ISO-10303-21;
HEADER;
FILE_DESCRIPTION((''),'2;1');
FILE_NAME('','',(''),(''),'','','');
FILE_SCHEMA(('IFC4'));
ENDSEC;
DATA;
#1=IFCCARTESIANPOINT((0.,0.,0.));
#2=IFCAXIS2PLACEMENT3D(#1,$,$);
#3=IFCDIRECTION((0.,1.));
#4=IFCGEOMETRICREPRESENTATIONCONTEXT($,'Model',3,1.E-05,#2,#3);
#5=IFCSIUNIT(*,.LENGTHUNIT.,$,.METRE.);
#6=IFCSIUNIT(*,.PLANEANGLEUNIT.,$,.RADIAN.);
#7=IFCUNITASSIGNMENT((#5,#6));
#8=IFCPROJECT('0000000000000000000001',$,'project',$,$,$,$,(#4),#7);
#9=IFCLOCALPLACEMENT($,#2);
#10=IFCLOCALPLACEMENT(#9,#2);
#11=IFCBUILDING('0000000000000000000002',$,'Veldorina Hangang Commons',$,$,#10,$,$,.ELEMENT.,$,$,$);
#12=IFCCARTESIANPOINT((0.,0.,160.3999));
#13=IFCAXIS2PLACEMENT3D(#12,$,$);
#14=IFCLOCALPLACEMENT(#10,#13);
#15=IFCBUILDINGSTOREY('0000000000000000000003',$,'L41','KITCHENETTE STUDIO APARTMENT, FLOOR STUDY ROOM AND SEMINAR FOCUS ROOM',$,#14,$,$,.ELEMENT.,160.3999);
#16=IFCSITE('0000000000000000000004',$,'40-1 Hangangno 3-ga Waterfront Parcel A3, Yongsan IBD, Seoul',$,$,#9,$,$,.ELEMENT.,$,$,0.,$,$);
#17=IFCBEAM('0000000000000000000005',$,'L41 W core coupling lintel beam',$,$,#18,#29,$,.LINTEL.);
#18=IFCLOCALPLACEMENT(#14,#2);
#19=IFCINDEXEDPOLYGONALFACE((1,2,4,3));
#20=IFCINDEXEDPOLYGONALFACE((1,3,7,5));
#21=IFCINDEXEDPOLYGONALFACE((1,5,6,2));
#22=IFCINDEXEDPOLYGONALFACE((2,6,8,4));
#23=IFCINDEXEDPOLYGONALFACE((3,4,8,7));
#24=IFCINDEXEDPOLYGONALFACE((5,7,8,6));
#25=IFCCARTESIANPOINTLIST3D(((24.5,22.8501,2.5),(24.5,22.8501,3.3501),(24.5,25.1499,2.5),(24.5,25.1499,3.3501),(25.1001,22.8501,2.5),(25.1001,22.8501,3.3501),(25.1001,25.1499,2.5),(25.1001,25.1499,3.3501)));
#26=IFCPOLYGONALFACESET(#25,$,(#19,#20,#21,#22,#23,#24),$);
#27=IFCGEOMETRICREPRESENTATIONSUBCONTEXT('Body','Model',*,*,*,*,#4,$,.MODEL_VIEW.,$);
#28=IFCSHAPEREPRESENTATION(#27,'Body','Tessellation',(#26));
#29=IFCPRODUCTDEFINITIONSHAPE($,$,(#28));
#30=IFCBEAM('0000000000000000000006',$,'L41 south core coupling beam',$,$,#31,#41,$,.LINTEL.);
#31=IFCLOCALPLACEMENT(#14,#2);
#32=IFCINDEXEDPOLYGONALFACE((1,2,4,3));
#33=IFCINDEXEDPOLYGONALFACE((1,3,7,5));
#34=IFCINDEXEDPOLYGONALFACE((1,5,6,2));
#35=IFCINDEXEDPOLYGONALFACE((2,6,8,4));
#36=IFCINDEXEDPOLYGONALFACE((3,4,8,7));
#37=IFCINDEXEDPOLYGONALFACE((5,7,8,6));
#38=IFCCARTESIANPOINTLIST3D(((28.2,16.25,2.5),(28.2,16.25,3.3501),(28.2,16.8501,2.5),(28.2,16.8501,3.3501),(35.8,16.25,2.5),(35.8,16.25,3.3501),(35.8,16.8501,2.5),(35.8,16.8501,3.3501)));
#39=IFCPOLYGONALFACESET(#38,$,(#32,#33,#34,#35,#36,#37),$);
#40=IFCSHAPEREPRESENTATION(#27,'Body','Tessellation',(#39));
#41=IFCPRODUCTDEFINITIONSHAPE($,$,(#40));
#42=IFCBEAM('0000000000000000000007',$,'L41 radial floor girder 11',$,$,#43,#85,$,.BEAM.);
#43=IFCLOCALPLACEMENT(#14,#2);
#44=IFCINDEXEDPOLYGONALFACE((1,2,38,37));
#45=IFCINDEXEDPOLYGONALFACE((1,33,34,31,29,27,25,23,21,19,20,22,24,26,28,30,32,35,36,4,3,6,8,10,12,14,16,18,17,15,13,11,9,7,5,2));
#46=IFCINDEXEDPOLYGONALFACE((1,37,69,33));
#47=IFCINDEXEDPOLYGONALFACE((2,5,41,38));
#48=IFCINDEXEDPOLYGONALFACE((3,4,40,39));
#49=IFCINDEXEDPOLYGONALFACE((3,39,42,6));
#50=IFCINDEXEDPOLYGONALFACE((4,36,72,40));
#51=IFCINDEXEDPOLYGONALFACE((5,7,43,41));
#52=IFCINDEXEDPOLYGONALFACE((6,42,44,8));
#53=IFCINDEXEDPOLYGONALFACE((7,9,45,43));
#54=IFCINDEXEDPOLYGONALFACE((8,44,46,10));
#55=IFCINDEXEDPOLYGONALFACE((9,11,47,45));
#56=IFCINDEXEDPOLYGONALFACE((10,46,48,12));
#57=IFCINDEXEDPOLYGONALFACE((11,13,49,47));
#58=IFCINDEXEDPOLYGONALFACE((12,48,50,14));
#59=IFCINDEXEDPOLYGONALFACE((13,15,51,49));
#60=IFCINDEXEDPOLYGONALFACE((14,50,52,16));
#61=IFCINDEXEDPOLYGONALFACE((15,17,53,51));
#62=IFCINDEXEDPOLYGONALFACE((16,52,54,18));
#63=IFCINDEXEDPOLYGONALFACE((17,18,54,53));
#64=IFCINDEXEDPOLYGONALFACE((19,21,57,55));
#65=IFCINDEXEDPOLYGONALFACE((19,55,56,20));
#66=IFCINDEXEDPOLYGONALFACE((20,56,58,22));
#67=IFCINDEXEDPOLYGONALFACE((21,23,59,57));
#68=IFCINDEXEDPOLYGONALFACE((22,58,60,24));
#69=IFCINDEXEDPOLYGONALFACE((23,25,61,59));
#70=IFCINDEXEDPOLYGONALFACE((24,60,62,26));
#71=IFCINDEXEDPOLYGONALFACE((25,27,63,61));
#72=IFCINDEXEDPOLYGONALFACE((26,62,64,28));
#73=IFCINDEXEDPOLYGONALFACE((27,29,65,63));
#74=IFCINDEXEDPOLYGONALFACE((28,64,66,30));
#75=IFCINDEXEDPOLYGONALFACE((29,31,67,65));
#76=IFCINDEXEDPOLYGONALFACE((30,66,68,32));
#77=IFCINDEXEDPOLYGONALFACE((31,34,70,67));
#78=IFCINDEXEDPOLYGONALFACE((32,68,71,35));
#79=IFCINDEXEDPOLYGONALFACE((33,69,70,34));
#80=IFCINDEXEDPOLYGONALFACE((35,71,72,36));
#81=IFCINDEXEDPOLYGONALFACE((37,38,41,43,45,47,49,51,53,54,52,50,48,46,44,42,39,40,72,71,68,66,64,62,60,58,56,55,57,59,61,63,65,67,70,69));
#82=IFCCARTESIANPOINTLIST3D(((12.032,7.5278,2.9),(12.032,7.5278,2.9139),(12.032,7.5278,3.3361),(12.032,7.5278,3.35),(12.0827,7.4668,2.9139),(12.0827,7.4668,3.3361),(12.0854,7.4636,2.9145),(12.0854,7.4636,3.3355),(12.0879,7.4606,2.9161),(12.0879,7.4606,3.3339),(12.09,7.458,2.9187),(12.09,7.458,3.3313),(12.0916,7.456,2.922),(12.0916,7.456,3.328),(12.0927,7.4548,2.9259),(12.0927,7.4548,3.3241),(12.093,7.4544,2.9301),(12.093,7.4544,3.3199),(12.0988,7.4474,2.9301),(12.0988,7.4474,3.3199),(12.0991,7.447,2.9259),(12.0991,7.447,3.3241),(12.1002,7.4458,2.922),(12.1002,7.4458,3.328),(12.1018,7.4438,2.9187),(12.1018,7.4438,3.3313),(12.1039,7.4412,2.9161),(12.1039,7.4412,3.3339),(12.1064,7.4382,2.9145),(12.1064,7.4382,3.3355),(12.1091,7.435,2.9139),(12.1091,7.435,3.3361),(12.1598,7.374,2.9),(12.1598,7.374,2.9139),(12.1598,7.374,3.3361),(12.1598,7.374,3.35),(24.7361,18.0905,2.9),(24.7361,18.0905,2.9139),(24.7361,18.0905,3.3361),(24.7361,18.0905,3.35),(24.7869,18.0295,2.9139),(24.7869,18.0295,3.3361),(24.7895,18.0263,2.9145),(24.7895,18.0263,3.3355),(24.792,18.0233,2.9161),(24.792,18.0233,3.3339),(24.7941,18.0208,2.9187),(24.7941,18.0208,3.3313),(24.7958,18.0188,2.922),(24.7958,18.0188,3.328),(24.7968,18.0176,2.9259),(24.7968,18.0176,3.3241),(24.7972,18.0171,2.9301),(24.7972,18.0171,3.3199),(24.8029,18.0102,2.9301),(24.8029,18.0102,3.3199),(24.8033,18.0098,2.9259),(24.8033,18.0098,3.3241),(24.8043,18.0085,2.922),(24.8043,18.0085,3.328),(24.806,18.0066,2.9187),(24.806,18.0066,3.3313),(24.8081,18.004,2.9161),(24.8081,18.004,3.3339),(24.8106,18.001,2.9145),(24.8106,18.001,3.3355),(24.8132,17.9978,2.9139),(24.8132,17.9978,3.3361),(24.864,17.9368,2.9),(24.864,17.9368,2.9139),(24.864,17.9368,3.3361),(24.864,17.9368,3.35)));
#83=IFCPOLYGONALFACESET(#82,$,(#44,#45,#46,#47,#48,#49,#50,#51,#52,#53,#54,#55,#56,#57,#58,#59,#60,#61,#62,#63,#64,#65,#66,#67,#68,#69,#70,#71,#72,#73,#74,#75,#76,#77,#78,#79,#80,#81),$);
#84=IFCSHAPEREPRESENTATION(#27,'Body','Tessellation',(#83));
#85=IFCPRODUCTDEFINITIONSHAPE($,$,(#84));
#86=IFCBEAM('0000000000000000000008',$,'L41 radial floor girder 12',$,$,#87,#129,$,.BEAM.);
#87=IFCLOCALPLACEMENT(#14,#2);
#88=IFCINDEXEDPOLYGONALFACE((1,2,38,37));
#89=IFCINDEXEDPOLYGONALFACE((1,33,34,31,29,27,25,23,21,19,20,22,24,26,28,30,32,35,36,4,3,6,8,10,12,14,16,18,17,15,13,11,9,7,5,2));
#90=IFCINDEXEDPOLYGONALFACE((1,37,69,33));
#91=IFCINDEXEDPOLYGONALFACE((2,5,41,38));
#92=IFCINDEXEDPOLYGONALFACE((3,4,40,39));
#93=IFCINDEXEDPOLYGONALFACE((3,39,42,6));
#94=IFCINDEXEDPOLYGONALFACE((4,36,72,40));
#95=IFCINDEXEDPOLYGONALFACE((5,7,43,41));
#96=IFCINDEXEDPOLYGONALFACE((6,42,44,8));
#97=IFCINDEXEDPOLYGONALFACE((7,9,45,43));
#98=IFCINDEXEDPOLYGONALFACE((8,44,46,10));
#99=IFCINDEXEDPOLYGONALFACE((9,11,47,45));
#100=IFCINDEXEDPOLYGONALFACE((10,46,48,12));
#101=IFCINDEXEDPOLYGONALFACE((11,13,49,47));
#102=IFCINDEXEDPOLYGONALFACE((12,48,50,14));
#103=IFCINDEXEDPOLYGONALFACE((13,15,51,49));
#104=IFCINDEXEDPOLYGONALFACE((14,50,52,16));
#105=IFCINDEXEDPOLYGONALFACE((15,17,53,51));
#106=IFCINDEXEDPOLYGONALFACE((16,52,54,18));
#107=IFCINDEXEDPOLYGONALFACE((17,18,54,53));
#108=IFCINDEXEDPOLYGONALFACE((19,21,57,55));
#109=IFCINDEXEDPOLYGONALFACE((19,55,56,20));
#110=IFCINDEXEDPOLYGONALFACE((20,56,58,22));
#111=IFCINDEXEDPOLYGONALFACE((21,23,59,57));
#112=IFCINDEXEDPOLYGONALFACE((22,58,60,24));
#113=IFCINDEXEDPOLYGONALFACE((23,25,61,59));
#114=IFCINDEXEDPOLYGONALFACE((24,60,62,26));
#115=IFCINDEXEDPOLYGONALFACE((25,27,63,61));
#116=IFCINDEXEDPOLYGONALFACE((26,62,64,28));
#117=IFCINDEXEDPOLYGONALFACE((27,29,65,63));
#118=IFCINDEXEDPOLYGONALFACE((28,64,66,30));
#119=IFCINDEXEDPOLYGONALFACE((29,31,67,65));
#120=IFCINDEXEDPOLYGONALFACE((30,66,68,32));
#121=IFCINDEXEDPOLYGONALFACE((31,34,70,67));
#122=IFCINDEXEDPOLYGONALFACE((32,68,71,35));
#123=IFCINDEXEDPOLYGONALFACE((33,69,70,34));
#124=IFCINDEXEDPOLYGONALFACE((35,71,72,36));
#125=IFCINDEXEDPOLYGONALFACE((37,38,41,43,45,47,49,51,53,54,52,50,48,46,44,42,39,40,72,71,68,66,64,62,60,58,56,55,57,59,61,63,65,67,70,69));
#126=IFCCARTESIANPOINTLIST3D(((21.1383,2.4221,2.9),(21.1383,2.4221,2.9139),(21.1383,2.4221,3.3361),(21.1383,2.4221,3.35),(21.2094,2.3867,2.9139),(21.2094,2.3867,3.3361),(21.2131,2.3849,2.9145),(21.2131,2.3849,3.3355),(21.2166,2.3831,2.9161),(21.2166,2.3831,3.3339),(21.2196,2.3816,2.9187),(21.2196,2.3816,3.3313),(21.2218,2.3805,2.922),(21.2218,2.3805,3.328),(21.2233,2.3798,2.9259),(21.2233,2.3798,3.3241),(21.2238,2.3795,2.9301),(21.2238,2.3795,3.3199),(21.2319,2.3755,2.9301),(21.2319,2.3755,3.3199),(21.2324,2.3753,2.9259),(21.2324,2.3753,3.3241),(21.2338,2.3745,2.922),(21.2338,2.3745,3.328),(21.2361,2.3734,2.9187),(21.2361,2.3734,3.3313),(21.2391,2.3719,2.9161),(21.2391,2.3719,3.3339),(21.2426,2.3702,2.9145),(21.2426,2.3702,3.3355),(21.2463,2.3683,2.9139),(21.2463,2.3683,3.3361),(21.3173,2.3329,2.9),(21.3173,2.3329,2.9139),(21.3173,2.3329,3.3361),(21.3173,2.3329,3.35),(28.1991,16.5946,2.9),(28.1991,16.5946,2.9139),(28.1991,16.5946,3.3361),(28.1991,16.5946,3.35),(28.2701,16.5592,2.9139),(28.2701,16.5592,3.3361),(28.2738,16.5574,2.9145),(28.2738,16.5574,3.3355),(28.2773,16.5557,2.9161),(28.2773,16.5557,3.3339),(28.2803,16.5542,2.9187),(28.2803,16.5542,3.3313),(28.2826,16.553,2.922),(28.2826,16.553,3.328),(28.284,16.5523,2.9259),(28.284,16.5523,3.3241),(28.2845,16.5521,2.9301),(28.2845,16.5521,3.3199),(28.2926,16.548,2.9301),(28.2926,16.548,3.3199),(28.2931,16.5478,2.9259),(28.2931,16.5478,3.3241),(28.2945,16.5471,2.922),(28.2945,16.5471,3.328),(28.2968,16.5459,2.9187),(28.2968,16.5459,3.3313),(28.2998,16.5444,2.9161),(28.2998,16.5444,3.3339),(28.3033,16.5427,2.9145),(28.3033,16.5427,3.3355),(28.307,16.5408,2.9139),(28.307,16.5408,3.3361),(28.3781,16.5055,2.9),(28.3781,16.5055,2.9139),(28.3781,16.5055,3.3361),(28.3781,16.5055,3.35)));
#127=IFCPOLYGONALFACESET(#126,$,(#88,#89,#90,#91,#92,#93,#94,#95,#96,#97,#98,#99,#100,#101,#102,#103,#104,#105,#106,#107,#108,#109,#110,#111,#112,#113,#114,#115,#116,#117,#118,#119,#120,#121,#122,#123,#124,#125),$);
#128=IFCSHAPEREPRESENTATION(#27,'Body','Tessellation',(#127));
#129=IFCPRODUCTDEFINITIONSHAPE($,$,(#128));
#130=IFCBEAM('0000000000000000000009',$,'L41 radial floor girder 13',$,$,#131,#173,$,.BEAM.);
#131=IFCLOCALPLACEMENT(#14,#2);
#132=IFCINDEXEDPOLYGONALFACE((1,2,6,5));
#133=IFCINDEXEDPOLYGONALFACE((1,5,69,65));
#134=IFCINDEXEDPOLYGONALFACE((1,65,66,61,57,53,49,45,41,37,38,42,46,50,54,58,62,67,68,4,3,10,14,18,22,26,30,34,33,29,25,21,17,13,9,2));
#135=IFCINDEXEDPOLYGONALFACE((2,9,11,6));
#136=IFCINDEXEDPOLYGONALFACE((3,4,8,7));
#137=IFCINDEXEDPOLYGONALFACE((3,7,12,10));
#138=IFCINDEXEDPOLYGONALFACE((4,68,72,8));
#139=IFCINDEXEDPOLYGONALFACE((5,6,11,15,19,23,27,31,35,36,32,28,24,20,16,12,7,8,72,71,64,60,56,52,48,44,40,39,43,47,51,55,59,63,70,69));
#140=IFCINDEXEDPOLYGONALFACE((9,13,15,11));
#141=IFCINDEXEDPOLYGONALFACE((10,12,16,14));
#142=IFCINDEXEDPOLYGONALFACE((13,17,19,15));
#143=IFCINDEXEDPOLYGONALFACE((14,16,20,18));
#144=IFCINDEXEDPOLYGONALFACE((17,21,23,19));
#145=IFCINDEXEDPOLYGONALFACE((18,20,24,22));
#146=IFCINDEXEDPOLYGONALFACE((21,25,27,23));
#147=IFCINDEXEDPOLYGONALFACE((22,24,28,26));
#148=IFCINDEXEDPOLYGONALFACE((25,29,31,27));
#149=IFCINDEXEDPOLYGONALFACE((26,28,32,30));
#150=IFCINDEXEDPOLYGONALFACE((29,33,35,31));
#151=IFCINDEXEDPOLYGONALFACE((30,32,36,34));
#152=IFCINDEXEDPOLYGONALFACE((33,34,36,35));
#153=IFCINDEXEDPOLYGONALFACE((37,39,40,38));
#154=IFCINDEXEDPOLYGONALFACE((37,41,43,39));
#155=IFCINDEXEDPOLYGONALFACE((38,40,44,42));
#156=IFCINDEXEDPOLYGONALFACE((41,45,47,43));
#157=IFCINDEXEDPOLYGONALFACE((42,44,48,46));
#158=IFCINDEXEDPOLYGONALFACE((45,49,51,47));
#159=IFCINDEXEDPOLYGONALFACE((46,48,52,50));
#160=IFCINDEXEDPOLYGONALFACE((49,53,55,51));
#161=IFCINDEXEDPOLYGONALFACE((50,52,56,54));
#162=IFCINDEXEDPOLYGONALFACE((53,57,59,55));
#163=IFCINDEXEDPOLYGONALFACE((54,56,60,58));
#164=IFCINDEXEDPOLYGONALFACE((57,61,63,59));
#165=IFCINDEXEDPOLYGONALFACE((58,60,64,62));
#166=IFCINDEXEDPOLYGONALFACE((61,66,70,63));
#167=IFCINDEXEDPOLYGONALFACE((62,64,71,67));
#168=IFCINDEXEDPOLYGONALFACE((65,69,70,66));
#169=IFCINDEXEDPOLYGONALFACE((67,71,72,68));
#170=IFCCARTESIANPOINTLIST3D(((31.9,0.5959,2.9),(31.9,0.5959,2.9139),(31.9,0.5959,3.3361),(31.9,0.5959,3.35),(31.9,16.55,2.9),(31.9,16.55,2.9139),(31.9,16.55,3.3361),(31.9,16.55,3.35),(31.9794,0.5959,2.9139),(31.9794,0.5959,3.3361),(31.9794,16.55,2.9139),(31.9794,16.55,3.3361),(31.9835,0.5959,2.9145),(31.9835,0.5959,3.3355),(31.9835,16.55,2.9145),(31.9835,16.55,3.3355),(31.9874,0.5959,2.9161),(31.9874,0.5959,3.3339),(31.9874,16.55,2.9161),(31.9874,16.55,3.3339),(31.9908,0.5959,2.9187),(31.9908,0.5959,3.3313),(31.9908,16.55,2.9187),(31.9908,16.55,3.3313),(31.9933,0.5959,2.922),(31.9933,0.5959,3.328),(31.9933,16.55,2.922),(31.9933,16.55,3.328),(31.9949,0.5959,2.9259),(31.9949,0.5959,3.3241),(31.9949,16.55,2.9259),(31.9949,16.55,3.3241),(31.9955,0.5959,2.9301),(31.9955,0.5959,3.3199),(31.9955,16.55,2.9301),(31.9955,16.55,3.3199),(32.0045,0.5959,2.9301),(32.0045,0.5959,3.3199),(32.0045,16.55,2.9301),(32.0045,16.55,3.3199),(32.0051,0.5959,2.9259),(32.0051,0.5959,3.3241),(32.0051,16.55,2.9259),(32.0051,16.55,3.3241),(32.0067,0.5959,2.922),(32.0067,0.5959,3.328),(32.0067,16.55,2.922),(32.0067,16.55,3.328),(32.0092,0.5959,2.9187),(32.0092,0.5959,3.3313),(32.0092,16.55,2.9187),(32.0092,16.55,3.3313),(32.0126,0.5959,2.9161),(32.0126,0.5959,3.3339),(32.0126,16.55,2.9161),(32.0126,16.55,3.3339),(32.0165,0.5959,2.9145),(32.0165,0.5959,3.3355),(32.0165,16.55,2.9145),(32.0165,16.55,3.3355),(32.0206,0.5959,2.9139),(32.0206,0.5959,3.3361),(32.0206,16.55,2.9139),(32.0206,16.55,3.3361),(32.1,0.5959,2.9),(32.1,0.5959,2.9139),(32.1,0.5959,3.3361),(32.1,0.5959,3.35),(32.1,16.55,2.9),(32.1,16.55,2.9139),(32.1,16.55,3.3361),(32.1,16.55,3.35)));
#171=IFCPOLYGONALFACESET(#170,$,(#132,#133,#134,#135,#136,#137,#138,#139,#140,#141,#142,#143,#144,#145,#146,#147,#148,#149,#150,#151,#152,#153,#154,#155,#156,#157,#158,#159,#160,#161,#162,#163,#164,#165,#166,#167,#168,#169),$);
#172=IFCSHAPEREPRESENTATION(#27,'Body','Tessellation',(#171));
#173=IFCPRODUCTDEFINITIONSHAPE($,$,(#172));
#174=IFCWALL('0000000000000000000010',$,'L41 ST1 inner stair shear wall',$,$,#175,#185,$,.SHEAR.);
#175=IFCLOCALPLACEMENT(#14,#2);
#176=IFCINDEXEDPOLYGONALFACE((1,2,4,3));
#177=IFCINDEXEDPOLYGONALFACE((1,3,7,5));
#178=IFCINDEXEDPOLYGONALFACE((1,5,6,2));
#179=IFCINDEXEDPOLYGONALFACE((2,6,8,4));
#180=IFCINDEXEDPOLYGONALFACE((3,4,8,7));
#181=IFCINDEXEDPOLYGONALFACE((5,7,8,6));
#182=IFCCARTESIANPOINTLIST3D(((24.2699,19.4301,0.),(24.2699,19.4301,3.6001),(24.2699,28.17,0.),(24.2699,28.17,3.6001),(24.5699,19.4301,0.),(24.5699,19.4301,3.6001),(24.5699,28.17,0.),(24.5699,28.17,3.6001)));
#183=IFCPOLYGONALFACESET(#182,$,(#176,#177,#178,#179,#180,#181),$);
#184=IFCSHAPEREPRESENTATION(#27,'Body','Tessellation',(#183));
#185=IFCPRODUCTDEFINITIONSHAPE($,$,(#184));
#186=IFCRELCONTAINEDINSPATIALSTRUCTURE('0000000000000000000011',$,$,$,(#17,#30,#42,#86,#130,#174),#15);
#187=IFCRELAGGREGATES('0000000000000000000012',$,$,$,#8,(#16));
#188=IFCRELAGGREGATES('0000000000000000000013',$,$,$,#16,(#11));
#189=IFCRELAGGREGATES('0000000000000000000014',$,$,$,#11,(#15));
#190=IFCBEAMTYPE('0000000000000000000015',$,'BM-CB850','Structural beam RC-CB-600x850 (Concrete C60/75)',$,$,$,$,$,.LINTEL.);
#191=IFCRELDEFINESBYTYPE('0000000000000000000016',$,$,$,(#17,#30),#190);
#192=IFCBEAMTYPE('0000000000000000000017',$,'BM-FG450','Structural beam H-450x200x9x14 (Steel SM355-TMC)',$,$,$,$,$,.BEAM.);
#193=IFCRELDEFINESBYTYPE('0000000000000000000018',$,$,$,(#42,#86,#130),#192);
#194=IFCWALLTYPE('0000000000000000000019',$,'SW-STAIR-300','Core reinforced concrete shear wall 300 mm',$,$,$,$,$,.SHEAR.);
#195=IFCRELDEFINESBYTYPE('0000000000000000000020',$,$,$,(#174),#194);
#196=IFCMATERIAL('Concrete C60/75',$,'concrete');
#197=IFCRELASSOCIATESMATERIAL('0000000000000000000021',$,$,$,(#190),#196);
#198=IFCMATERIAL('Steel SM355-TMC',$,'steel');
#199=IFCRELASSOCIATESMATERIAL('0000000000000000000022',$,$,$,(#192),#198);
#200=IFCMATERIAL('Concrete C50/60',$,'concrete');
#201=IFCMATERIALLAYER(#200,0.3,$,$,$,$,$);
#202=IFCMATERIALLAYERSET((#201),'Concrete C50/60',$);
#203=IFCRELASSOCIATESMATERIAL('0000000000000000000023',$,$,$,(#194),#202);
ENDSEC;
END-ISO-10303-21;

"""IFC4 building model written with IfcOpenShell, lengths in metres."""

from ifc_helpers import new_model, si_unit, direction, frame, frame_2d, origin, origin_2d, place, context, subcontext, project, spatial, rectangle, i_section, extrude, material, layer, layer_set, material_profile, profile_set, type_object, element, save


model = new_model("IFC4")

# Units and contexts
model_context = context("Model", 3, precision=1e-05, world=origin(), true_north=direction((0.0, 1.0)))
body_context = subcontext(model_context, "Body", "Model", "MODEL_VIEW")
ifc_project = project(units=[si_unit("LENGTHUNIT", "METRE"), si_unit("PLANEANGLEUNIT", "RADIAN")], contexts=[model_context])

# Site, building, storey
site_placement = place(None, origin())
site = spatial("IfcSite", under=ifc_project, at=site_placement, Name="40-1 Hangangno 3-ga Waterfront Parcel A3, Yongsan IBD, Seoul", CompositionType="ELEMENT", RefElevation=0.0)
building_placement = place(site_placement, origin())
building = spatial("IfcBuilding", under=site, at=building_placement, Name="Veldorina Hangang Commons", CompositionType="ELEMENT")
storey_placement = place(building_placement, frame((0.0, 0.0, 160.3999)))
storey = spatial("IfcBuildingStorey", under=building, at=storey_placement, Name="L41", Description="KITCHENETTE STUDIO APARTMENT, FLOOR STUDY ROOM AND SEMINAR FOCUS ROOM", CompositionType="ELEMENT", Elevation=160.3999)

# Beams
ifc_material_1 = material(Name="Concrete C60/75", Category="concrete")
ifc_material_profile_1 = material_profile(ifc_material_1, rectangle(XDim=0.6001, YDim=0.8501, at=origin_2d()), Name="RC-CB-600x850")
ifc_profile_set_1 = profile_set([ifc_material_profile_1], Name="Concrete C60/75")
beam_type_1 = type_object("IfcBeamType", Name="BM-CB850", Description="Structural beam RC-CB-600x850 (Concrete C60/75)", PredefinedType="LINTEL", material=ifc_profile_set_1)
beam_1_placement = place(storey_placement, frame((24.8, 22.8501, 2.925), z_axis=(0.0, 1.0, 0.0), x_axis=(-1.0, 0.0, 0.0)))
element("IfcBeam", 1, at=beam_1_placement, inside=storey, type_object=beam_type_1, Name="L41 W core coupling lintel beam", PredefinedType="LINTEL", context=body_context, shape_type="SweptSolid", body=[
    extrude(rectangle(XDim=0.6001, YDim=0.8501, at=origin_2d()), origin(), (0.0, 0.0, 1.0), 2.2998),
])
beam_2_placement = place(storey_placement, frame((28.2, 16.55, 2.925), z_axis=(1.0, 0.0, 0.0), x_axis=(0.0, 1.0, 0.0)))
element("IfcBeam", 2, at=beam_2_placement, inside=storey, type_object=beam_type_1, Name="L41 south core coupling beam", PredefinedType="LINTEL", context=body_context, shape_type="SweptSolid", body=[
    extrude(rectangle(XDim=0.6001, YDim=0.8501, at=origin_2d()), origin(), (0.0, 0.0, 1.0), 7.6001),
])
ifc_material_2 = material(Name="Steel SM355-TMC", Category="steel")
ifc_material_profile_2 = material_profile(ifc_material_2, i_section(OverallWidth=0.2, OverallDepth=0.45, WebThickness=0.009, FlangeThickness=0.0139, FilletRadius=0.0161, at=origin_2d()), Name="H-450x200x9x14")
ifc_profile_set_2 = profile_set([ifc_material_profile_2], Name="Steel SM355-TMC")
beam_type_2 = type_object("IfcBeamType", Name="BM-FG450", Description="Structural beam H-450x200x9x14 (Steel SM355-TMC)", PredefinedType="BEAM", material=ifc_profile_set_2)
beam_3_placement = place(storey_placement, frame((24.8, 18.0137, 3.125), z_axis=(-0.768935, -0.639326, 0.0), x_axis=(0.639326, -0.768935, 0.0)))
element("IfcBeam", 3, at=beam_3_placement, inside=storey, type_object=beam_type_2, Name="L41 radial floor girder 11", PredefinedType="BEAM", context=body_context, shape_type="SweptSolid", body=[
    extrude(i_section(OverallWidth=0.2, OverallDepth=0.45, WebThickness=0.009, FlangeThickness=0.0139, FilletRadius=0.0161, at=origin_2d()), origin(), (0.0, 0.0, 1.0), 16.5217),
])
beam_4_placement = place(storey_placement, frame((28.2886, 16.55, 3.125), z_axis=(-0.445924, -0.895071, 0.0), x_axis=(0.895071, -0.445924, 0.0)))
element("IfcBeam", 4, at=beam_4_placement, inside=storey, type_object=beam_type_2, Name="L41 radial floor girder 12", PredefinedType="BEAM", context=body_context, shape_type="SweptSolid", body=[
    extrude(i_section(OverallWidth=0.2, OverallDepth=0.45, WebThickness=0.009, FlangeThickness=0.0139, FilletRadius=0.0161, at=origin_2d()), origin(), (0.0, 0.0, 1.0), 15.834),
])
beam_5_placement = place(storey_placement, frame((32.0, 16.55, 3.125), z_axis=(0.0, -1.0, 0.0), x_axis=(1.0, 0.0, 0.0)))
element("IfcBeam", 5, at=beam_5_placement, inside=storey, type_object=beam_type_2, Name="L41 radial floor girder 13", PredefinedType="BEAM", context=body_context, shape_type="SweptSolid", body=[
    extrude(i_section(OverallWidth=0.2, OverallDepth=0.45, WebThickness=0.009, FlangeThickness=0.0139, FilletRadius=0.0161, at=origin_2d()), origin(), (0.0, 0.0, 1.0), 15.9541),
])

# Wall
ifc_material_3 = material(Name="Concrete C50/60", Category="concrete")
ifc_layer_1 = layer(ifc_material_3, 0.3)
ifc_layer_set_1 = layer_set([ifc_layer_1], Name="Concrete C50/60")
wall_type_1 = type_object("IfcWallType", Name="SW-STAIR-300", Description="Core reinforced concrete shear wall 300 mm", PredefinedType="SHEAR", material=ifc_layer_set_1)
wall_1_placement = place(storey_placement, frame((24.4199, 19.4299, 0.0), z_axis=(0.0, 0.0, 1.0), x_axis=(0.0, 1.0, 0.0)))
element("IfcWall", 6, at=wall_1_placement, inside=storey, type_object=wall_type_1, Name="L41 ST1 inner stair shear wall", PredefinedType="SHEAR", context=body_context, shape_type="SweptSolid", body=[
    extrude(rectangle(XDim=8.74, YDim=0.3, at=frame_2d((4.3701, 0.0))), origin(), (0.0, 0.0, 1.0), 3.6001),
])

save(model, "model.ifc")
